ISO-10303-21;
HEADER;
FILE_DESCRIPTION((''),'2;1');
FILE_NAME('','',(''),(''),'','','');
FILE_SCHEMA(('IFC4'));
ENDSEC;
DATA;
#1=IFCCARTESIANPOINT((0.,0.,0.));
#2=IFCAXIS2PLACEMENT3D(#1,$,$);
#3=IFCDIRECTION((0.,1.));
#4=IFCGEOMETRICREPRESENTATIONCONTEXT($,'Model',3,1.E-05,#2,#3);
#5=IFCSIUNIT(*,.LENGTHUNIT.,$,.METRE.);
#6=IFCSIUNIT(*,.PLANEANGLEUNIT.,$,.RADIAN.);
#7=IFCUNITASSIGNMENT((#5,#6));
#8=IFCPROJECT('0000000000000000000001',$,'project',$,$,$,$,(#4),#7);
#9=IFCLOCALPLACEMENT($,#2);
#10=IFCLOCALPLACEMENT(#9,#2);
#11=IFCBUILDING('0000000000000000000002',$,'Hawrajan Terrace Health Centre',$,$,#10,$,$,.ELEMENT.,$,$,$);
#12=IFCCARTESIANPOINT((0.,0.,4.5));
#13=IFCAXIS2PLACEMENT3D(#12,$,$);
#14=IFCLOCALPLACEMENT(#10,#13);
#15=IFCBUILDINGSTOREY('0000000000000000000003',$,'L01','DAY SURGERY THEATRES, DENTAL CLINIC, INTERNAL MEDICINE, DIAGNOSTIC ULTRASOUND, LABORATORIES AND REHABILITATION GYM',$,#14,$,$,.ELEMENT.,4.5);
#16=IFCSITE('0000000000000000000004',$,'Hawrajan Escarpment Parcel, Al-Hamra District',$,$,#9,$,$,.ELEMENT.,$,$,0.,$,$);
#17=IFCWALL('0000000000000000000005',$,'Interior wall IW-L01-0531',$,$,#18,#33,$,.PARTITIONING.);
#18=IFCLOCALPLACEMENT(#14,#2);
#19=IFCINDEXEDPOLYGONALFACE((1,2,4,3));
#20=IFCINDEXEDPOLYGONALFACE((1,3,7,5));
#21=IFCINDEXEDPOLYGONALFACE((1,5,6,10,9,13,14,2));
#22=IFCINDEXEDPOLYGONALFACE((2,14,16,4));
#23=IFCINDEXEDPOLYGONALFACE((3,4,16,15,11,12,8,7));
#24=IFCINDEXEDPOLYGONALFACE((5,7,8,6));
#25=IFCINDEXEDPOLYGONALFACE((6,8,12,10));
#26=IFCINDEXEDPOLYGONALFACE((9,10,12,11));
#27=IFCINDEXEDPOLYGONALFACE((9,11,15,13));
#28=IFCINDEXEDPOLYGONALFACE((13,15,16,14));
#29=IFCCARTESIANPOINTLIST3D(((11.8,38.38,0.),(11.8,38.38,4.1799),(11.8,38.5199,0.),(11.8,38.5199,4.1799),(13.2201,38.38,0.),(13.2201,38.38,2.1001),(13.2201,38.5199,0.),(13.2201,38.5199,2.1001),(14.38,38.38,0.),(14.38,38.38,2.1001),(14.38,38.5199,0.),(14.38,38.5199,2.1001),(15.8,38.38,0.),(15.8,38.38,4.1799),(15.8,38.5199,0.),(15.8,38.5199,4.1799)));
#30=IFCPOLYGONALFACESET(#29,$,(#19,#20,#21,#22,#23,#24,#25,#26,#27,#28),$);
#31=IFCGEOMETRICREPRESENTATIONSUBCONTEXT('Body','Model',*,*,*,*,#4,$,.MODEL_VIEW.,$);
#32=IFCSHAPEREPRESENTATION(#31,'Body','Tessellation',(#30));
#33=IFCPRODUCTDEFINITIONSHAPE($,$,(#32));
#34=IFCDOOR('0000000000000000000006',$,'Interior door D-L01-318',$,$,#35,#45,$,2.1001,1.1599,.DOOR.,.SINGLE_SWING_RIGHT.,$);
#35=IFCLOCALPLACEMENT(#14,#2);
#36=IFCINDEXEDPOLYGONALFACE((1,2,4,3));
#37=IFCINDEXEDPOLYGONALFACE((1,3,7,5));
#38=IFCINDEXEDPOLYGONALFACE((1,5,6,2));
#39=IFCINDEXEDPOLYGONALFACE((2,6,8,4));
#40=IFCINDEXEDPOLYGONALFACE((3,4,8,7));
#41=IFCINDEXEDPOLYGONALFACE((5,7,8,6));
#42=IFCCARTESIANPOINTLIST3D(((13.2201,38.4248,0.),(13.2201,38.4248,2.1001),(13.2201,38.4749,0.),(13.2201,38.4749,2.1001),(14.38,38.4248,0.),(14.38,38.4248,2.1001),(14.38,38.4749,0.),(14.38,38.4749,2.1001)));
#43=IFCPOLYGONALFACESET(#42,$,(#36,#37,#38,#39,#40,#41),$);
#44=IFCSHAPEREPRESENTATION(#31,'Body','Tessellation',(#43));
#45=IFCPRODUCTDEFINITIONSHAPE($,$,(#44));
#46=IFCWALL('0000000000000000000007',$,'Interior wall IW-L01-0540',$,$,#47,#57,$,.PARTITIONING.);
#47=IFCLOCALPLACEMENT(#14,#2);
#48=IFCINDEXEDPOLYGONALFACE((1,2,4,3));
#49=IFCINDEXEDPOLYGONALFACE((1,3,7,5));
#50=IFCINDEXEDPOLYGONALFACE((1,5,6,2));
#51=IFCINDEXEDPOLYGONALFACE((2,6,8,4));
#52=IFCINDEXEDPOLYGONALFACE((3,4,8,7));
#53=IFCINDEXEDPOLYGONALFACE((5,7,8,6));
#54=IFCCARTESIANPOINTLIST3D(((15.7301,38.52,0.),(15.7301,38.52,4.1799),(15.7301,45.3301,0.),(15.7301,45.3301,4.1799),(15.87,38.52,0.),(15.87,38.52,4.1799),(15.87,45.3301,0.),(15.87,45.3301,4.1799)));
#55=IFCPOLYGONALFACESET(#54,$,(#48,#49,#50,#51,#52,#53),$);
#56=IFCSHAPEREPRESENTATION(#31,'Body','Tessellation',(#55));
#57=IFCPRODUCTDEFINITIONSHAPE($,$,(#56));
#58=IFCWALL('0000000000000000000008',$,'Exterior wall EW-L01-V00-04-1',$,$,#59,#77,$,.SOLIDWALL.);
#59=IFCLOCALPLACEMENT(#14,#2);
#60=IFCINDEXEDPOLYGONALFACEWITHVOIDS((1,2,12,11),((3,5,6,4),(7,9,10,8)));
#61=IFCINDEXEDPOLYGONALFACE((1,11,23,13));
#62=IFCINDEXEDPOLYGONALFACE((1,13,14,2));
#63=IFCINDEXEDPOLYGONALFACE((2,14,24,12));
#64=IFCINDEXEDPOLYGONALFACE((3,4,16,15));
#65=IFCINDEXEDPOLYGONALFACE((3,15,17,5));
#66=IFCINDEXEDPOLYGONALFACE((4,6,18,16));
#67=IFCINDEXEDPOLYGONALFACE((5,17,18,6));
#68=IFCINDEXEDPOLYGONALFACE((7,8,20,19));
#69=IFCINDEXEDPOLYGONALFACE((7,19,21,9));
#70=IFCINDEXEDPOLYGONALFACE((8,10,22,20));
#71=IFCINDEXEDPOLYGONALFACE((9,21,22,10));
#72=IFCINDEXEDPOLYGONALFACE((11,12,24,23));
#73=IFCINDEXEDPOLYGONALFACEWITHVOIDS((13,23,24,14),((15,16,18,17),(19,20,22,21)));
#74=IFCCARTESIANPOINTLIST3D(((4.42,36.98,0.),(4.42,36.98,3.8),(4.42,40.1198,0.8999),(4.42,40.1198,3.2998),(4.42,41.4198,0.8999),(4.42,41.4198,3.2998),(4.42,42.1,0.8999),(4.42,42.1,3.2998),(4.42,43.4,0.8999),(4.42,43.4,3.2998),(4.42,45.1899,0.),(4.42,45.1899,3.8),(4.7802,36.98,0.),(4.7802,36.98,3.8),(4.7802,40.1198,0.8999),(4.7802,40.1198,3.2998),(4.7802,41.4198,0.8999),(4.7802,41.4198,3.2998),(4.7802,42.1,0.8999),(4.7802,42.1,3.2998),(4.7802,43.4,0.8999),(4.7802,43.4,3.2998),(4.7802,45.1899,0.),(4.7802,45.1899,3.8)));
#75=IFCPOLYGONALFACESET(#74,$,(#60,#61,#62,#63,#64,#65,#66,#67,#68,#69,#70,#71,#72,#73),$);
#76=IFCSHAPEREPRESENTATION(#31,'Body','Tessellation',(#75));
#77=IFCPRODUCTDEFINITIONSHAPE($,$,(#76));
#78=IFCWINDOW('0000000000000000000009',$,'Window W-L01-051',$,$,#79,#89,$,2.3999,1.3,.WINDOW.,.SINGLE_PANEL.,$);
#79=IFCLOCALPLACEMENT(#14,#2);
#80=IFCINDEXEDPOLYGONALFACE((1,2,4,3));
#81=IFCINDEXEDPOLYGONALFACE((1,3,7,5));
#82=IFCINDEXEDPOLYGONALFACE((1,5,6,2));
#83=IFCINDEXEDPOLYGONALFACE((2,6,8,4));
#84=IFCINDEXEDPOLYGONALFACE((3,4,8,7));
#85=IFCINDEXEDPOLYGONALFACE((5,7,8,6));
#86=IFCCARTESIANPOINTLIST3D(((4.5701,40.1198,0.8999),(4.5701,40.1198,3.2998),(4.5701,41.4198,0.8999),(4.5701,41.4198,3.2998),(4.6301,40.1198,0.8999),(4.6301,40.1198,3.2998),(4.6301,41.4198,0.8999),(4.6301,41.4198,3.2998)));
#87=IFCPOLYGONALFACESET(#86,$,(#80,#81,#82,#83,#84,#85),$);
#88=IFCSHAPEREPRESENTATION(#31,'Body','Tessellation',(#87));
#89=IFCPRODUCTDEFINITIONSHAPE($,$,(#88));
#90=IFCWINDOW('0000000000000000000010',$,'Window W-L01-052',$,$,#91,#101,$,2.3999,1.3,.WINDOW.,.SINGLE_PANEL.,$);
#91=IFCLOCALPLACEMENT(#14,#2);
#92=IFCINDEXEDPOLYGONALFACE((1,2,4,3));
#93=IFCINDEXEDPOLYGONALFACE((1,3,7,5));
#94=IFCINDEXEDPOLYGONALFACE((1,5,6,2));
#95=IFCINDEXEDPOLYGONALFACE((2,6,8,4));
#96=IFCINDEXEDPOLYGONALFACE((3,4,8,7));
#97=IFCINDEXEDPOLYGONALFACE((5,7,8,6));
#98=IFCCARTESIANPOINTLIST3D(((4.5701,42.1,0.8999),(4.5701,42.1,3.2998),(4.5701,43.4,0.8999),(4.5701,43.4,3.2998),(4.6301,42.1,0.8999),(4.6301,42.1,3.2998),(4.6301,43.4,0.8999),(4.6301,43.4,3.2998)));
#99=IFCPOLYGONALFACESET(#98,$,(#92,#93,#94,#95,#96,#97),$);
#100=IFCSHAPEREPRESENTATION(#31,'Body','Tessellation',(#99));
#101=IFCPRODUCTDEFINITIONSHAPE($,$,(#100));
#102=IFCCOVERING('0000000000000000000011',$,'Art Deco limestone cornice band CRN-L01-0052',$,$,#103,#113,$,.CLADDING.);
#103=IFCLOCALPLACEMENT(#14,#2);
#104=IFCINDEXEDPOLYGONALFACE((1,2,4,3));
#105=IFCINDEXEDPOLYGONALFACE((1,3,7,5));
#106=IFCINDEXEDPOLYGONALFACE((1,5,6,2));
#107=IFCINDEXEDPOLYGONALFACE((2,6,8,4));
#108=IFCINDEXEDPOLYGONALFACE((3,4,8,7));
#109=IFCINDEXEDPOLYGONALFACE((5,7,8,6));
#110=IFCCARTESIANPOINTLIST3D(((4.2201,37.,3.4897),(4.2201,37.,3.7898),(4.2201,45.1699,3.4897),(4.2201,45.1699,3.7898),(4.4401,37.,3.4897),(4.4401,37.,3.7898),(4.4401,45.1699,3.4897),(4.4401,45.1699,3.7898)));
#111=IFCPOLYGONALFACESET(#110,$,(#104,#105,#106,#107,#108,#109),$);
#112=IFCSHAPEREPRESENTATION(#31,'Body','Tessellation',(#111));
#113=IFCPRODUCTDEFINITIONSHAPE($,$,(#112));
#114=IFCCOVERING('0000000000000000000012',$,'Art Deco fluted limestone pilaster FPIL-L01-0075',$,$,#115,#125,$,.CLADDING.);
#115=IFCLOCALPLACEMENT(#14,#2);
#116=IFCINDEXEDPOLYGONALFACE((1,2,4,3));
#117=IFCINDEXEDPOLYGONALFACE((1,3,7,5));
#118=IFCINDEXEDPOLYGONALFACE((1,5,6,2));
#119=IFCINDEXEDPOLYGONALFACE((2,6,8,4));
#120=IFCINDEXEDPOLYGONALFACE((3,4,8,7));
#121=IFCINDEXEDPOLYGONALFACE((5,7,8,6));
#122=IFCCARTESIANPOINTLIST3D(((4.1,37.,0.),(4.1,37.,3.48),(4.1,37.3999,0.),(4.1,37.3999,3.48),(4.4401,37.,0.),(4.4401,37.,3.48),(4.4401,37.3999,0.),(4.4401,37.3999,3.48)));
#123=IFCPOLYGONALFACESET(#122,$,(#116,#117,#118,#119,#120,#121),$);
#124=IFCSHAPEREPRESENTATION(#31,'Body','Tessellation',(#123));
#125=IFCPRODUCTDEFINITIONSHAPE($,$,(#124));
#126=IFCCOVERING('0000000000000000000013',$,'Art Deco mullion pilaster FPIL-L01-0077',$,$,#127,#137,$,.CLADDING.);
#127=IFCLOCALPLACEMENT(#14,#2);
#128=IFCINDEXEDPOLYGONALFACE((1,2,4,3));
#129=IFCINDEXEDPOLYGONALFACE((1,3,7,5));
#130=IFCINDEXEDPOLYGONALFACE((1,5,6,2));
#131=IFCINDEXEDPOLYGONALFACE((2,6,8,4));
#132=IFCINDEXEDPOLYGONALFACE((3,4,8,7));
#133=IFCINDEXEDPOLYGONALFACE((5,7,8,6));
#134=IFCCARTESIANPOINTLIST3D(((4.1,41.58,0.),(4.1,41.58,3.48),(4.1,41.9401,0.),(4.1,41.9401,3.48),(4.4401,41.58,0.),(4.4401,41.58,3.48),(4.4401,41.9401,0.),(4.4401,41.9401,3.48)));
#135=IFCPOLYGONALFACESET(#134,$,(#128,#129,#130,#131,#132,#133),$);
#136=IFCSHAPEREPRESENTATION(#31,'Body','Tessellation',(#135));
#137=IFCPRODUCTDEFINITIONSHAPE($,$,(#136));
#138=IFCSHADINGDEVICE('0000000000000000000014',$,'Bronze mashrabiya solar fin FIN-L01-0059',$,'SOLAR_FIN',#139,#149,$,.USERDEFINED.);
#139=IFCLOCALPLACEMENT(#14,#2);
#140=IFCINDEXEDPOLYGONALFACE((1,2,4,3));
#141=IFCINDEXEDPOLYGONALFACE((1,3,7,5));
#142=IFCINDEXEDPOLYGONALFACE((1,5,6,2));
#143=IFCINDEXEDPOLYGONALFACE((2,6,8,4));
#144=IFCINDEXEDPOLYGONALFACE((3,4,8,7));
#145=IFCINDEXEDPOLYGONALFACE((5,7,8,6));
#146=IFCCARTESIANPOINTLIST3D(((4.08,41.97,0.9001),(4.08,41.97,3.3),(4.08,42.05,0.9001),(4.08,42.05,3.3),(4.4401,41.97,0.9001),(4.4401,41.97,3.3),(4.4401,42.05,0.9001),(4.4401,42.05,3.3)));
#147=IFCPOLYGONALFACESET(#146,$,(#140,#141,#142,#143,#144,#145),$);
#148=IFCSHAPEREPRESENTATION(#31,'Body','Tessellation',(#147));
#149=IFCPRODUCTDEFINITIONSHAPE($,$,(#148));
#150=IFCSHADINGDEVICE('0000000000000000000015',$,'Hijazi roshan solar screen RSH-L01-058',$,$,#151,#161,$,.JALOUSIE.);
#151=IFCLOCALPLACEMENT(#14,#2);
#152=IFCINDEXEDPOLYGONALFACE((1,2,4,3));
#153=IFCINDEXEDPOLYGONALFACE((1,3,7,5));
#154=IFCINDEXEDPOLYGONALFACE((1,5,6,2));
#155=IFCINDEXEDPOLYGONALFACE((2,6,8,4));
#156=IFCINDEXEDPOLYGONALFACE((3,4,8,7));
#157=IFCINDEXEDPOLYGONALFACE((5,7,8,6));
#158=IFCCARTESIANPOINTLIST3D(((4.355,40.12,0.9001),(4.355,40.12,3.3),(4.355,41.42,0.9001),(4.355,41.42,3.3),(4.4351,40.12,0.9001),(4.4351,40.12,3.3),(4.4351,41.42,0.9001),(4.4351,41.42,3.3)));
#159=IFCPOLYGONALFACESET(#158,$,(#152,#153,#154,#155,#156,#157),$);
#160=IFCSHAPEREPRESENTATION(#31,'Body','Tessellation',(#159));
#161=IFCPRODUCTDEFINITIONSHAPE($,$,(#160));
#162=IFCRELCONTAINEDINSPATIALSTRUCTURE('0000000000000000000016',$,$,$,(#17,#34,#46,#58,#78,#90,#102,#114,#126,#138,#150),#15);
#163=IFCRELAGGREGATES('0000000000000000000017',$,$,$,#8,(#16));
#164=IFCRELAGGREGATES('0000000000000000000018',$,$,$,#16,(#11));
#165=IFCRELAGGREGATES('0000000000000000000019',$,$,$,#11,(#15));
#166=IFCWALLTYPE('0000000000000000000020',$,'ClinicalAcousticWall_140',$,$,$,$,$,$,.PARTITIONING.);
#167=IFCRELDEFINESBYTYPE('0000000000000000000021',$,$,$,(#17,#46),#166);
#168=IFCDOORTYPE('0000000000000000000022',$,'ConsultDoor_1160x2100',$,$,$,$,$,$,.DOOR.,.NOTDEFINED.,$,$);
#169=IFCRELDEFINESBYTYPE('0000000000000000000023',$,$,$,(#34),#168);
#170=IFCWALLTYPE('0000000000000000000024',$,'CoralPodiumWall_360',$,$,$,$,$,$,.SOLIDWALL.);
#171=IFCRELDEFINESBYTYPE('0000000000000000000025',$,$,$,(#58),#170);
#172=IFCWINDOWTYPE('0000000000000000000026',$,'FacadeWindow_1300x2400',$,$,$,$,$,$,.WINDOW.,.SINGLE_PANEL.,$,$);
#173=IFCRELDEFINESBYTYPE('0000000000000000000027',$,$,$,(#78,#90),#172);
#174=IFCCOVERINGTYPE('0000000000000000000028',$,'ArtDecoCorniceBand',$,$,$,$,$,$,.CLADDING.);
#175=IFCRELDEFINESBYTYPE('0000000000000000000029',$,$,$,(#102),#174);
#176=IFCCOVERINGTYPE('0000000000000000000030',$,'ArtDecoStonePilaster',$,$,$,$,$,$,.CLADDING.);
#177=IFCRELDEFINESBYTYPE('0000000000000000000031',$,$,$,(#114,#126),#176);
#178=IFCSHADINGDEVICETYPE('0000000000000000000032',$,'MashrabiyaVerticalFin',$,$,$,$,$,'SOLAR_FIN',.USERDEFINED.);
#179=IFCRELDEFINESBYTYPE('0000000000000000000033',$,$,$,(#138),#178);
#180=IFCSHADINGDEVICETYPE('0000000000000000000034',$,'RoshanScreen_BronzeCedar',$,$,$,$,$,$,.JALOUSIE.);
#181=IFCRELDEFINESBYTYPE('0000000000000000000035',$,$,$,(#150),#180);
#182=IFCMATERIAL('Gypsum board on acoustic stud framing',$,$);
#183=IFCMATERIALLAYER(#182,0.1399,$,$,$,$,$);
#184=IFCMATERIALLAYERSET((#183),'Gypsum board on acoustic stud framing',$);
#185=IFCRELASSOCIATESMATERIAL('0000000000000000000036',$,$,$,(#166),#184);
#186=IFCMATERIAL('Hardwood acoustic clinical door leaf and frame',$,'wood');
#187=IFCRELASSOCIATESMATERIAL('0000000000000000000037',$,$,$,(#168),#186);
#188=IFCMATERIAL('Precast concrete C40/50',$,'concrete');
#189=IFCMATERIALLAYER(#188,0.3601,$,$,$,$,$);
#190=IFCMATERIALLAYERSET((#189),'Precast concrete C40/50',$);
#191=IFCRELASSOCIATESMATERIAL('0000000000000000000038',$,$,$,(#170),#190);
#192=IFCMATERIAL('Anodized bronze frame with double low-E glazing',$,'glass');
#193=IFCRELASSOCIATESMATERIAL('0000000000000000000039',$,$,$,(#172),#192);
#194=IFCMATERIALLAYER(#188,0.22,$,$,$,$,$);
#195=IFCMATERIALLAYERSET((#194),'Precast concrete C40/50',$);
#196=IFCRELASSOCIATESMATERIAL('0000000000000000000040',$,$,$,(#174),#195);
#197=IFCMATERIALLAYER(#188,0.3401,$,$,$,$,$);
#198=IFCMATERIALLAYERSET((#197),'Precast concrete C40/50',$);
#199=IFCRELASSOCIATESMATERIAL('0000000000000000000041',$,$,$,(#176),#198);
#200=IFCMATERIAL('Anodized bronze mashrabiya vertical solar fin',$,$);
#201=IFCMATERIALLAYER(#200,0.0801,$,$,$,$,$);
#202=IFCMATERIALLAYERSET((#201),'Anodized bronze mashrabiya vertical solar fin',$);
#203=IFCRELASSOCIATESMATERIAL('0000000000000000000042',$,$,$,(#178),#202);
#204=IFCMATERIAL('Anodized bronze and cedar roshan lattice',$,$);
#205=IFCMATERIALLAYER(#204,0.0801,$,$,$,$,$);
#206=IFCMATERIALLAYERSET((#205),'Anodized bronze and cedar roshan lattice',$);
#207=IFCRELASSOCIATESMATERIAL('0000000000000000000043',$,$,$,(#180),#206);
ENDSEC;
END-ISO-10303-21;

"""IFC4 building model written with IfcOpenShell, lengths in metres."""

from ifc_helpers import new_model, si_unit, direction, frame, frame_2d, origin, origin_2d, place, context, subcontext, project, spatial, rectangle, extrude, material, layer, layer_set, type_object, element, fill, save


model = new_model("IFC4")

# Units and contexts
model_context = context("Model", 3, precision=1e-05, world=origin(), true_north=direction((0.0, 1.0)))
body_context = subcontext(model_context, "Body", "Model", "MODEL_VIEW")
ifc_project = project(units=[si_unit("LENGTHUNIT", "METRE"), si_unit("PLANEANGLEUNIT", "RADIAN")], contexts=[model_context])

# Site, building, storey
site_placement = place(None, origin())
site = spatial("IfcSite", under=ifc_project, at=site_placement, Name="Hawrajan Escarpment Parcel, Al-Hamra District", CompositionType="ELEMENT", RefElevation=0.0)
building_placement = place(site_placement, origin())
building = spatial("IfcBuilding", under=site, at=building_placement, Name="Hawrajan Terrace Health Centre", CompositionType="ELEMENT")
storey_placement = place(building_placement, frame((0.0, 0.0, 4.5)))
storey = spatial("IfcBuildingStorey", under=building, at=storey_placement, Name="L01", Description="DAY SURGERY THEATRES, DENTAL CLINIC, INTERNAL MEDICINE, DIAGNOSTIC ULTRASOUND, LABORATORIES AND REHABILITATION GYM", CompositionType="ELEMENT", Elevation=4.5)

# Shared definitions
ifc_material_1 = material(Name="Gypsum board on acoustic stud framing")
ifc_layer_1 = layer(ifc_material_1, 0.1399)
ifc_layer_set_1 = layer_set([ifc_layer_1], Name="Gypsum board on acoustic stud framing")
wall_type_1 = type_object("IfcWallType", Name="ClinicalAcousticWall_140", PredefinedType="PARTITIONING", material=ifc_layer_set_1)
ifc_material_2 = material(Name="Hardwood acoustic clinical door leaf and frame", Category="wood")

# Shared definitions
door_type_1 = type_object("IfcDoorType", Name="ConsultDoor_1160x2100", OperationType="NOTDEFINED", PredefinedType="DOOR", material=ifc_material_2)

# Wall, opening, door
wall_1_placement = place(storey_placement, frame((11.8, 38.45, 0.0), z_axis=(0.0, 0.0, 1.0), x_axis=(1.0, 0.0, 0.0)))
wall_1 = element("IfcWall", 1, at=wall_1_placement, inside=storey, type_object=wall_type_1, Name="Interior wall IW-L01-0531", PredefinedType="PARTITIONING", context=body_context, shape_type="SweptSolid", body=[
    extrude(rectangle(XDim=4.0, YDim=0.1399, at=frame_2d((2.0, 0.0))), origin(), (0.0, 0.0, 1.0), 4.1799),
])
opening_1_placement = place(wall_1_placement, frame((1.4199, 0.0, 0.0)))
opening_1 = element("IfcOpeningElement", 2, at=opening_1_placement, cuts=wall_1, PredefinedType="OPENING", context=body_context, shape_type="SweptSolid", body=[
    extrude(rectangle(XDim=1.1599, YDim=2.1001, at=frame_2d((0.5801, 1.05))), frame((0.0, 0.0798, 0.0), z_axis=(0.0, -1.0, 0.0), x_axis=(1.0, 0.0, 0.0)), (0.0, 0.0, 1.0), 0.1599),
])
door_1_placement = place(opening_1_placement, origin())
door_1 = element("IfcDoor", 3, at=door_1_placement, inside=storey, type_object=door_type_1, Name="Interior door D-L01-318", OperationType="SINGLE_SWING_RIGHT", OverallHeight=2.1001, OverallWidth=1.1599, PredefinedType="DOOR", context=body_context, shape_type="SweptSolid", body=[
    extrude(rectangle(XDim=1.1599, YDim=2.1001, at=frame_2d((0.5801, 1.05))), frame((0.0, 0.0249, 0.0), z_axis=(0.0, -1.0, 0.0), x_axis=(1.0, 0.0, 0.0)), (0.0, 0.0, 1.0), 0.05),
])
fill(opening_1, door_1)

# Wall
wall_2_placement = place(storey_placement, frame((15.8, 38.52, 0.0), z_axis=(0.0, 0.0, 1.0), x_axis=(0.0, 1.0, 0.0)))
element("IfcWall", 4, at=wall_2_placement, inside=storey, type_object=wall_type_1, Name="Interior wall IW-L01-0540", PredefinedType="PARTITIONING", context=body_context, shape_type="SweptSolid", body=[
    extrude(rectangle(XDim=6.8101, YDim=0.1399, at=frame_2d((3.405, 0.0))), origin(), (0.0, 0.0, 1.0), 4.1799),
])

# Wall, openings, windows
ifc_material_3 = material(Name="Precast concrete C40/50", Category="concrete")
ifc_layer_2 = layer(ifc_material_3, 0.3601)
ifc_layer_set_2 = layer_set([ifc_layer_2], Name="Precast concrete C40/50")
wall_type_2 = type_object("IfcWallType", Name="CoralPodiumWall_360", PredefinedType="SOLIDWALL", material=ifc_layer_set_2)
wall_3_placement = place(storey_placement, frame((4.6001, 36.98, 0.0), z_axis=(0.0, 0.0, 1.0), x_axis=(0.0, 1.0, 0.0)))
wall_3 = element("IfcWall", 5, at=wall_3_placement, inside=storey, type_object=wall_type_2, Name="Exterior wall EW-L01-V00-04-1", PredefinedType="SOLIDWALL", context=body_context, shape_type="SweptSolid", body=[
    extrude(rectangle(XDim=8.21, YDim=0.3601, at=frame_2d((4.105, 0.0))), origin(), (0.0, 0.0, 1.0), 3.8),
])
opening_2_placement = place(wall_3_placement, frame((3.1399, 0.0, 0.8999)))
opening_2 = element("IfcOpeningElement", 6, at=opening_2_placement, cuts=wall_3, PredefinedType="OPENING", context=body_context, shape_type="SweptSolid", body=[
    extrude(rectangle(XDim=1.3, YDim=2.3999, at=frame_2d((0.6499, 1.2))), frame((0.0, 0.1899, 0.0), z_axis=(0.0, -1.0, 0.0), x_axis=(1.0, 0.0, 0.0)), (0.0, 0.0, 1.0), 0.3801),
])
opening_3_placement = place(wall_3_placement, frame((5.1201, 0.0, 0.8999)))
opening_3 = element("IfcOpeningElement", 7, at=opening_3_placement, cuts=wall_3, PredefinedType="OPENING", context=body_context, shape_type="SweptSolid", body=[
    extrude(rectangle(XDim=1.3, YDim=2.3999, at=frame_2d((0.6499, 1.2))), frame((0.0, 0.1899, 0.0), z_axis=(0.0, -1.0, 0.0), x_axis=(1.0, 0.0, 0.0)), (0.0, 0.0, 1.0), 0.3801),
])
ifc_material_4 = material(Name="Anodized bronze frame with double low-E glazing", Category="glass")
window_type = type_object("IfcWindowType", Name="FacadeWindow_1300x2400", PartitioningType="SINGLE_PANEL", PredefinedType="WINDOW", material=ifc_material_4)
window_1_placement = place(opening_2_placement, origin())
window_1 = element("IfcWindow", 8, at=window_1_placement, inside=storey, type_object=window_type, Name="Window W-L01-051", OverallHeight=2.3999, OverallWidth=1.3, PartitioningType="SINGLE_PANEL", PredefinedType="WINDOW", context=body_context, shape_type="SweptSolid", body=[
    extrude(rectangle(XDim=1.3, YDim=2.3999, at=frame_2d((0.6499, 1.2))), frame((0.0, 0.03, 0.0), z_axis=(0.0, -1.0, 0.0), x_axis=(1.0, 0.0, 0.0)), (0.0, 0.0, 1.0), 0.0601),
])
fill(opening_2, window_1)
window_2_placement = place(opening_3_placement, origin())
window_2 = element("IfcWindow", 9, at=window_2_placement, inside=storey, type_object=window_type, Name="Window W-L01-052", OverallHeight=2.3999, OverallWidth=1.3, PartitioningType="SINGLE_PANEL", PredefinedType="WINDOW", context=body_context, shape_type="SweptSolid", body=[
    extrude(rectangle(XDim=1.3, YDim=2.3999, at=frame_2d((0.6499, 1.2))), frame((0.0, 0.03, 0.0), z_axis=(0.0, -1.0, 0.0), x_axis=(1.0, 0.0, 0.0)), (0.0, 0.0, 1.0), 0.0601),
])
fill(opening_3, window_2)

# Coverings
ifc_layer_3 = layer(ifc_material_3, 0.22)
ifc_layer_set_3 = layer_set([ifc_layer_3], Name="Precast concrete C40/50")
covering_type_1 = type_object("IfcCoveringType", Name="ArtDecoCorniceBand", PredefinedType="CLADDING", material=ifc_layer_set_3)
covering_1_placement = place(storey_placement, frame((4.3301, 41.085, 3.4897), z_axis=(0.0, 0.0, 1.0), x_axis=(0.0, 1.0, 0.0)))
element("IfcCovering", 10, at=covering_1_placement, inside=storey, type_object=covering_type_1, Name="Art Deco limestone cornice band CRN-L01-0052", PredefinedType="CLADDING", context=body_context, shape_type="SweptSolid", body=[
    extrude(rectangle(XDim=8.1699, YDim=0.22, at=origin_2d()), origin(), (0.0, 0.0, 1.0), 0.3),
])
ifc_layer_4 = layer(ifc_material_3, 0.3401)
ifc_layer_set_4 = layer_set([ifc_layer_4], Name="Precast concrete C40/50")
covering_type_2 = type_object("IfcCoveringType", Name="ArtDecoStonePilaster", PredefinedType="CLADDING", material=ifc_layer_set_4)
covering_2_placement = place(storey_placement, frame((4.27, 37.2, 0.0), z_axis=(0.0, 0.0, 1.0), x_axis=(0.0, 1.0, 0.0)))
element("IfcCovering", 11, at=covering_2_placement, inside=storey, type_object=covering_type_2, Name="Art Deco fluted limestone pilaster FPIL-L01-0075", PredefinedType="CLADDING", context=body_context, shape_type="SweptSolid", body=[
    extrude(rectangle(XDim=0.3999, YDim=0.3401, at=origin_2d()), origin(), (0.0, 0.0, 1.0), 3.48),
])
covering_3_placement = place(storey_placement, frame((4.27, 41.76, 0.0), z_axis=(0.0, 0.0, 1.0), x_axis=(0.0, 1.0, 0.0)))
element("IfcCovering", 12, at=covering_3_placement, inside=storey, type_object=covering_type_2, Name="Art Deco mullion pilaster FPIL-L01-0077", PredefinedType="CLADDING", context=body_context, shape_type="SweptSolid", body=[
    extrude(rectangle(XDim=0.3601, YDim=0.3401, at=origin_2d()), origin(), (0.0, 0.0, 1.0), 3.48),
])

# Shading devices
ifc_material_5 = material(Name="Anodized bronze mashrabiya vertical solar fin")
ifc_layer_5 = layer(ifc_material_5, 0.0801)
ifc_layer_set_5 = layer_set([ifc_layer_5], Name="Anodized bronze mashrabiya vertical solar fin")
shading_device_type_1 = type_object("IfcShadingDeviceType", Name="MashrabiyaVerticalFin", ElementType="SOLAR_FIN", PredefinedType="USERDEFINED", material=ifc_layer_set_5)
shading_device_1_placement = place(storey_placement, frame((4.26, 42.01, 0.9001), z_axis=(0.0, 0.0, 1.0), x_axis=(0.0, 1.0, 0.0)))
element("IfcShadingDevice", 13, at=shading_device_1_placement, inside=storey, type_object=shading_device_type_1, Name="Bronze mashrabiya solar fin FIN-L01-0059", ObjectType="SOLAR_FIN", PredefinedType="USERDEFINED", context=body_context, shape_type="SweptSolid", body=[
    extrude(rectangle(XDim=0.0801, YDim=0.3601, at=origin_2d()), origin(), (0.0, 0.0, 1.0), 2.3999),
])
ifc_material_6 = material(Name="Anodized bronze and cedar roshan lattice")
ifc_layer_6 = layer(ifc_material_6, 0.0801)
ifc_layer_set_6 = layer_set([ifc_layer_6], Name="Anodized bronze and cedar roshan lattice")
shading_device_type_2 = type_object("IfcShadingDeviceType", Name="RoshanScreen_BronzeCedar", PredefinedType="JALOUSIE", material=ifc_layer_set_6)
shading_device_2_placement = place(storey_placement, frame((4.395, 40.77, 0.9001), z_axis=(0.0, 0.0, 1.0), x_axis=(0.0, 1.0, 0.0)))
element("IfcShadingDevice", 14, at=shading_device_2_placement, inside=storey, type_object=shading_device_type_2, Name="Hijazi roshan solar screen RSH-L01-058", PredefinedType="JALOUSIE", context=body_context, shape_type="SweptSolid", body=[
    extrude(rectangle(XDim=1.3, YDim=0.0801, at=origin_2d()), origin(), (0.0, 0.0, 1.0), 2.3999),
])

save(model, "model.ifc")
